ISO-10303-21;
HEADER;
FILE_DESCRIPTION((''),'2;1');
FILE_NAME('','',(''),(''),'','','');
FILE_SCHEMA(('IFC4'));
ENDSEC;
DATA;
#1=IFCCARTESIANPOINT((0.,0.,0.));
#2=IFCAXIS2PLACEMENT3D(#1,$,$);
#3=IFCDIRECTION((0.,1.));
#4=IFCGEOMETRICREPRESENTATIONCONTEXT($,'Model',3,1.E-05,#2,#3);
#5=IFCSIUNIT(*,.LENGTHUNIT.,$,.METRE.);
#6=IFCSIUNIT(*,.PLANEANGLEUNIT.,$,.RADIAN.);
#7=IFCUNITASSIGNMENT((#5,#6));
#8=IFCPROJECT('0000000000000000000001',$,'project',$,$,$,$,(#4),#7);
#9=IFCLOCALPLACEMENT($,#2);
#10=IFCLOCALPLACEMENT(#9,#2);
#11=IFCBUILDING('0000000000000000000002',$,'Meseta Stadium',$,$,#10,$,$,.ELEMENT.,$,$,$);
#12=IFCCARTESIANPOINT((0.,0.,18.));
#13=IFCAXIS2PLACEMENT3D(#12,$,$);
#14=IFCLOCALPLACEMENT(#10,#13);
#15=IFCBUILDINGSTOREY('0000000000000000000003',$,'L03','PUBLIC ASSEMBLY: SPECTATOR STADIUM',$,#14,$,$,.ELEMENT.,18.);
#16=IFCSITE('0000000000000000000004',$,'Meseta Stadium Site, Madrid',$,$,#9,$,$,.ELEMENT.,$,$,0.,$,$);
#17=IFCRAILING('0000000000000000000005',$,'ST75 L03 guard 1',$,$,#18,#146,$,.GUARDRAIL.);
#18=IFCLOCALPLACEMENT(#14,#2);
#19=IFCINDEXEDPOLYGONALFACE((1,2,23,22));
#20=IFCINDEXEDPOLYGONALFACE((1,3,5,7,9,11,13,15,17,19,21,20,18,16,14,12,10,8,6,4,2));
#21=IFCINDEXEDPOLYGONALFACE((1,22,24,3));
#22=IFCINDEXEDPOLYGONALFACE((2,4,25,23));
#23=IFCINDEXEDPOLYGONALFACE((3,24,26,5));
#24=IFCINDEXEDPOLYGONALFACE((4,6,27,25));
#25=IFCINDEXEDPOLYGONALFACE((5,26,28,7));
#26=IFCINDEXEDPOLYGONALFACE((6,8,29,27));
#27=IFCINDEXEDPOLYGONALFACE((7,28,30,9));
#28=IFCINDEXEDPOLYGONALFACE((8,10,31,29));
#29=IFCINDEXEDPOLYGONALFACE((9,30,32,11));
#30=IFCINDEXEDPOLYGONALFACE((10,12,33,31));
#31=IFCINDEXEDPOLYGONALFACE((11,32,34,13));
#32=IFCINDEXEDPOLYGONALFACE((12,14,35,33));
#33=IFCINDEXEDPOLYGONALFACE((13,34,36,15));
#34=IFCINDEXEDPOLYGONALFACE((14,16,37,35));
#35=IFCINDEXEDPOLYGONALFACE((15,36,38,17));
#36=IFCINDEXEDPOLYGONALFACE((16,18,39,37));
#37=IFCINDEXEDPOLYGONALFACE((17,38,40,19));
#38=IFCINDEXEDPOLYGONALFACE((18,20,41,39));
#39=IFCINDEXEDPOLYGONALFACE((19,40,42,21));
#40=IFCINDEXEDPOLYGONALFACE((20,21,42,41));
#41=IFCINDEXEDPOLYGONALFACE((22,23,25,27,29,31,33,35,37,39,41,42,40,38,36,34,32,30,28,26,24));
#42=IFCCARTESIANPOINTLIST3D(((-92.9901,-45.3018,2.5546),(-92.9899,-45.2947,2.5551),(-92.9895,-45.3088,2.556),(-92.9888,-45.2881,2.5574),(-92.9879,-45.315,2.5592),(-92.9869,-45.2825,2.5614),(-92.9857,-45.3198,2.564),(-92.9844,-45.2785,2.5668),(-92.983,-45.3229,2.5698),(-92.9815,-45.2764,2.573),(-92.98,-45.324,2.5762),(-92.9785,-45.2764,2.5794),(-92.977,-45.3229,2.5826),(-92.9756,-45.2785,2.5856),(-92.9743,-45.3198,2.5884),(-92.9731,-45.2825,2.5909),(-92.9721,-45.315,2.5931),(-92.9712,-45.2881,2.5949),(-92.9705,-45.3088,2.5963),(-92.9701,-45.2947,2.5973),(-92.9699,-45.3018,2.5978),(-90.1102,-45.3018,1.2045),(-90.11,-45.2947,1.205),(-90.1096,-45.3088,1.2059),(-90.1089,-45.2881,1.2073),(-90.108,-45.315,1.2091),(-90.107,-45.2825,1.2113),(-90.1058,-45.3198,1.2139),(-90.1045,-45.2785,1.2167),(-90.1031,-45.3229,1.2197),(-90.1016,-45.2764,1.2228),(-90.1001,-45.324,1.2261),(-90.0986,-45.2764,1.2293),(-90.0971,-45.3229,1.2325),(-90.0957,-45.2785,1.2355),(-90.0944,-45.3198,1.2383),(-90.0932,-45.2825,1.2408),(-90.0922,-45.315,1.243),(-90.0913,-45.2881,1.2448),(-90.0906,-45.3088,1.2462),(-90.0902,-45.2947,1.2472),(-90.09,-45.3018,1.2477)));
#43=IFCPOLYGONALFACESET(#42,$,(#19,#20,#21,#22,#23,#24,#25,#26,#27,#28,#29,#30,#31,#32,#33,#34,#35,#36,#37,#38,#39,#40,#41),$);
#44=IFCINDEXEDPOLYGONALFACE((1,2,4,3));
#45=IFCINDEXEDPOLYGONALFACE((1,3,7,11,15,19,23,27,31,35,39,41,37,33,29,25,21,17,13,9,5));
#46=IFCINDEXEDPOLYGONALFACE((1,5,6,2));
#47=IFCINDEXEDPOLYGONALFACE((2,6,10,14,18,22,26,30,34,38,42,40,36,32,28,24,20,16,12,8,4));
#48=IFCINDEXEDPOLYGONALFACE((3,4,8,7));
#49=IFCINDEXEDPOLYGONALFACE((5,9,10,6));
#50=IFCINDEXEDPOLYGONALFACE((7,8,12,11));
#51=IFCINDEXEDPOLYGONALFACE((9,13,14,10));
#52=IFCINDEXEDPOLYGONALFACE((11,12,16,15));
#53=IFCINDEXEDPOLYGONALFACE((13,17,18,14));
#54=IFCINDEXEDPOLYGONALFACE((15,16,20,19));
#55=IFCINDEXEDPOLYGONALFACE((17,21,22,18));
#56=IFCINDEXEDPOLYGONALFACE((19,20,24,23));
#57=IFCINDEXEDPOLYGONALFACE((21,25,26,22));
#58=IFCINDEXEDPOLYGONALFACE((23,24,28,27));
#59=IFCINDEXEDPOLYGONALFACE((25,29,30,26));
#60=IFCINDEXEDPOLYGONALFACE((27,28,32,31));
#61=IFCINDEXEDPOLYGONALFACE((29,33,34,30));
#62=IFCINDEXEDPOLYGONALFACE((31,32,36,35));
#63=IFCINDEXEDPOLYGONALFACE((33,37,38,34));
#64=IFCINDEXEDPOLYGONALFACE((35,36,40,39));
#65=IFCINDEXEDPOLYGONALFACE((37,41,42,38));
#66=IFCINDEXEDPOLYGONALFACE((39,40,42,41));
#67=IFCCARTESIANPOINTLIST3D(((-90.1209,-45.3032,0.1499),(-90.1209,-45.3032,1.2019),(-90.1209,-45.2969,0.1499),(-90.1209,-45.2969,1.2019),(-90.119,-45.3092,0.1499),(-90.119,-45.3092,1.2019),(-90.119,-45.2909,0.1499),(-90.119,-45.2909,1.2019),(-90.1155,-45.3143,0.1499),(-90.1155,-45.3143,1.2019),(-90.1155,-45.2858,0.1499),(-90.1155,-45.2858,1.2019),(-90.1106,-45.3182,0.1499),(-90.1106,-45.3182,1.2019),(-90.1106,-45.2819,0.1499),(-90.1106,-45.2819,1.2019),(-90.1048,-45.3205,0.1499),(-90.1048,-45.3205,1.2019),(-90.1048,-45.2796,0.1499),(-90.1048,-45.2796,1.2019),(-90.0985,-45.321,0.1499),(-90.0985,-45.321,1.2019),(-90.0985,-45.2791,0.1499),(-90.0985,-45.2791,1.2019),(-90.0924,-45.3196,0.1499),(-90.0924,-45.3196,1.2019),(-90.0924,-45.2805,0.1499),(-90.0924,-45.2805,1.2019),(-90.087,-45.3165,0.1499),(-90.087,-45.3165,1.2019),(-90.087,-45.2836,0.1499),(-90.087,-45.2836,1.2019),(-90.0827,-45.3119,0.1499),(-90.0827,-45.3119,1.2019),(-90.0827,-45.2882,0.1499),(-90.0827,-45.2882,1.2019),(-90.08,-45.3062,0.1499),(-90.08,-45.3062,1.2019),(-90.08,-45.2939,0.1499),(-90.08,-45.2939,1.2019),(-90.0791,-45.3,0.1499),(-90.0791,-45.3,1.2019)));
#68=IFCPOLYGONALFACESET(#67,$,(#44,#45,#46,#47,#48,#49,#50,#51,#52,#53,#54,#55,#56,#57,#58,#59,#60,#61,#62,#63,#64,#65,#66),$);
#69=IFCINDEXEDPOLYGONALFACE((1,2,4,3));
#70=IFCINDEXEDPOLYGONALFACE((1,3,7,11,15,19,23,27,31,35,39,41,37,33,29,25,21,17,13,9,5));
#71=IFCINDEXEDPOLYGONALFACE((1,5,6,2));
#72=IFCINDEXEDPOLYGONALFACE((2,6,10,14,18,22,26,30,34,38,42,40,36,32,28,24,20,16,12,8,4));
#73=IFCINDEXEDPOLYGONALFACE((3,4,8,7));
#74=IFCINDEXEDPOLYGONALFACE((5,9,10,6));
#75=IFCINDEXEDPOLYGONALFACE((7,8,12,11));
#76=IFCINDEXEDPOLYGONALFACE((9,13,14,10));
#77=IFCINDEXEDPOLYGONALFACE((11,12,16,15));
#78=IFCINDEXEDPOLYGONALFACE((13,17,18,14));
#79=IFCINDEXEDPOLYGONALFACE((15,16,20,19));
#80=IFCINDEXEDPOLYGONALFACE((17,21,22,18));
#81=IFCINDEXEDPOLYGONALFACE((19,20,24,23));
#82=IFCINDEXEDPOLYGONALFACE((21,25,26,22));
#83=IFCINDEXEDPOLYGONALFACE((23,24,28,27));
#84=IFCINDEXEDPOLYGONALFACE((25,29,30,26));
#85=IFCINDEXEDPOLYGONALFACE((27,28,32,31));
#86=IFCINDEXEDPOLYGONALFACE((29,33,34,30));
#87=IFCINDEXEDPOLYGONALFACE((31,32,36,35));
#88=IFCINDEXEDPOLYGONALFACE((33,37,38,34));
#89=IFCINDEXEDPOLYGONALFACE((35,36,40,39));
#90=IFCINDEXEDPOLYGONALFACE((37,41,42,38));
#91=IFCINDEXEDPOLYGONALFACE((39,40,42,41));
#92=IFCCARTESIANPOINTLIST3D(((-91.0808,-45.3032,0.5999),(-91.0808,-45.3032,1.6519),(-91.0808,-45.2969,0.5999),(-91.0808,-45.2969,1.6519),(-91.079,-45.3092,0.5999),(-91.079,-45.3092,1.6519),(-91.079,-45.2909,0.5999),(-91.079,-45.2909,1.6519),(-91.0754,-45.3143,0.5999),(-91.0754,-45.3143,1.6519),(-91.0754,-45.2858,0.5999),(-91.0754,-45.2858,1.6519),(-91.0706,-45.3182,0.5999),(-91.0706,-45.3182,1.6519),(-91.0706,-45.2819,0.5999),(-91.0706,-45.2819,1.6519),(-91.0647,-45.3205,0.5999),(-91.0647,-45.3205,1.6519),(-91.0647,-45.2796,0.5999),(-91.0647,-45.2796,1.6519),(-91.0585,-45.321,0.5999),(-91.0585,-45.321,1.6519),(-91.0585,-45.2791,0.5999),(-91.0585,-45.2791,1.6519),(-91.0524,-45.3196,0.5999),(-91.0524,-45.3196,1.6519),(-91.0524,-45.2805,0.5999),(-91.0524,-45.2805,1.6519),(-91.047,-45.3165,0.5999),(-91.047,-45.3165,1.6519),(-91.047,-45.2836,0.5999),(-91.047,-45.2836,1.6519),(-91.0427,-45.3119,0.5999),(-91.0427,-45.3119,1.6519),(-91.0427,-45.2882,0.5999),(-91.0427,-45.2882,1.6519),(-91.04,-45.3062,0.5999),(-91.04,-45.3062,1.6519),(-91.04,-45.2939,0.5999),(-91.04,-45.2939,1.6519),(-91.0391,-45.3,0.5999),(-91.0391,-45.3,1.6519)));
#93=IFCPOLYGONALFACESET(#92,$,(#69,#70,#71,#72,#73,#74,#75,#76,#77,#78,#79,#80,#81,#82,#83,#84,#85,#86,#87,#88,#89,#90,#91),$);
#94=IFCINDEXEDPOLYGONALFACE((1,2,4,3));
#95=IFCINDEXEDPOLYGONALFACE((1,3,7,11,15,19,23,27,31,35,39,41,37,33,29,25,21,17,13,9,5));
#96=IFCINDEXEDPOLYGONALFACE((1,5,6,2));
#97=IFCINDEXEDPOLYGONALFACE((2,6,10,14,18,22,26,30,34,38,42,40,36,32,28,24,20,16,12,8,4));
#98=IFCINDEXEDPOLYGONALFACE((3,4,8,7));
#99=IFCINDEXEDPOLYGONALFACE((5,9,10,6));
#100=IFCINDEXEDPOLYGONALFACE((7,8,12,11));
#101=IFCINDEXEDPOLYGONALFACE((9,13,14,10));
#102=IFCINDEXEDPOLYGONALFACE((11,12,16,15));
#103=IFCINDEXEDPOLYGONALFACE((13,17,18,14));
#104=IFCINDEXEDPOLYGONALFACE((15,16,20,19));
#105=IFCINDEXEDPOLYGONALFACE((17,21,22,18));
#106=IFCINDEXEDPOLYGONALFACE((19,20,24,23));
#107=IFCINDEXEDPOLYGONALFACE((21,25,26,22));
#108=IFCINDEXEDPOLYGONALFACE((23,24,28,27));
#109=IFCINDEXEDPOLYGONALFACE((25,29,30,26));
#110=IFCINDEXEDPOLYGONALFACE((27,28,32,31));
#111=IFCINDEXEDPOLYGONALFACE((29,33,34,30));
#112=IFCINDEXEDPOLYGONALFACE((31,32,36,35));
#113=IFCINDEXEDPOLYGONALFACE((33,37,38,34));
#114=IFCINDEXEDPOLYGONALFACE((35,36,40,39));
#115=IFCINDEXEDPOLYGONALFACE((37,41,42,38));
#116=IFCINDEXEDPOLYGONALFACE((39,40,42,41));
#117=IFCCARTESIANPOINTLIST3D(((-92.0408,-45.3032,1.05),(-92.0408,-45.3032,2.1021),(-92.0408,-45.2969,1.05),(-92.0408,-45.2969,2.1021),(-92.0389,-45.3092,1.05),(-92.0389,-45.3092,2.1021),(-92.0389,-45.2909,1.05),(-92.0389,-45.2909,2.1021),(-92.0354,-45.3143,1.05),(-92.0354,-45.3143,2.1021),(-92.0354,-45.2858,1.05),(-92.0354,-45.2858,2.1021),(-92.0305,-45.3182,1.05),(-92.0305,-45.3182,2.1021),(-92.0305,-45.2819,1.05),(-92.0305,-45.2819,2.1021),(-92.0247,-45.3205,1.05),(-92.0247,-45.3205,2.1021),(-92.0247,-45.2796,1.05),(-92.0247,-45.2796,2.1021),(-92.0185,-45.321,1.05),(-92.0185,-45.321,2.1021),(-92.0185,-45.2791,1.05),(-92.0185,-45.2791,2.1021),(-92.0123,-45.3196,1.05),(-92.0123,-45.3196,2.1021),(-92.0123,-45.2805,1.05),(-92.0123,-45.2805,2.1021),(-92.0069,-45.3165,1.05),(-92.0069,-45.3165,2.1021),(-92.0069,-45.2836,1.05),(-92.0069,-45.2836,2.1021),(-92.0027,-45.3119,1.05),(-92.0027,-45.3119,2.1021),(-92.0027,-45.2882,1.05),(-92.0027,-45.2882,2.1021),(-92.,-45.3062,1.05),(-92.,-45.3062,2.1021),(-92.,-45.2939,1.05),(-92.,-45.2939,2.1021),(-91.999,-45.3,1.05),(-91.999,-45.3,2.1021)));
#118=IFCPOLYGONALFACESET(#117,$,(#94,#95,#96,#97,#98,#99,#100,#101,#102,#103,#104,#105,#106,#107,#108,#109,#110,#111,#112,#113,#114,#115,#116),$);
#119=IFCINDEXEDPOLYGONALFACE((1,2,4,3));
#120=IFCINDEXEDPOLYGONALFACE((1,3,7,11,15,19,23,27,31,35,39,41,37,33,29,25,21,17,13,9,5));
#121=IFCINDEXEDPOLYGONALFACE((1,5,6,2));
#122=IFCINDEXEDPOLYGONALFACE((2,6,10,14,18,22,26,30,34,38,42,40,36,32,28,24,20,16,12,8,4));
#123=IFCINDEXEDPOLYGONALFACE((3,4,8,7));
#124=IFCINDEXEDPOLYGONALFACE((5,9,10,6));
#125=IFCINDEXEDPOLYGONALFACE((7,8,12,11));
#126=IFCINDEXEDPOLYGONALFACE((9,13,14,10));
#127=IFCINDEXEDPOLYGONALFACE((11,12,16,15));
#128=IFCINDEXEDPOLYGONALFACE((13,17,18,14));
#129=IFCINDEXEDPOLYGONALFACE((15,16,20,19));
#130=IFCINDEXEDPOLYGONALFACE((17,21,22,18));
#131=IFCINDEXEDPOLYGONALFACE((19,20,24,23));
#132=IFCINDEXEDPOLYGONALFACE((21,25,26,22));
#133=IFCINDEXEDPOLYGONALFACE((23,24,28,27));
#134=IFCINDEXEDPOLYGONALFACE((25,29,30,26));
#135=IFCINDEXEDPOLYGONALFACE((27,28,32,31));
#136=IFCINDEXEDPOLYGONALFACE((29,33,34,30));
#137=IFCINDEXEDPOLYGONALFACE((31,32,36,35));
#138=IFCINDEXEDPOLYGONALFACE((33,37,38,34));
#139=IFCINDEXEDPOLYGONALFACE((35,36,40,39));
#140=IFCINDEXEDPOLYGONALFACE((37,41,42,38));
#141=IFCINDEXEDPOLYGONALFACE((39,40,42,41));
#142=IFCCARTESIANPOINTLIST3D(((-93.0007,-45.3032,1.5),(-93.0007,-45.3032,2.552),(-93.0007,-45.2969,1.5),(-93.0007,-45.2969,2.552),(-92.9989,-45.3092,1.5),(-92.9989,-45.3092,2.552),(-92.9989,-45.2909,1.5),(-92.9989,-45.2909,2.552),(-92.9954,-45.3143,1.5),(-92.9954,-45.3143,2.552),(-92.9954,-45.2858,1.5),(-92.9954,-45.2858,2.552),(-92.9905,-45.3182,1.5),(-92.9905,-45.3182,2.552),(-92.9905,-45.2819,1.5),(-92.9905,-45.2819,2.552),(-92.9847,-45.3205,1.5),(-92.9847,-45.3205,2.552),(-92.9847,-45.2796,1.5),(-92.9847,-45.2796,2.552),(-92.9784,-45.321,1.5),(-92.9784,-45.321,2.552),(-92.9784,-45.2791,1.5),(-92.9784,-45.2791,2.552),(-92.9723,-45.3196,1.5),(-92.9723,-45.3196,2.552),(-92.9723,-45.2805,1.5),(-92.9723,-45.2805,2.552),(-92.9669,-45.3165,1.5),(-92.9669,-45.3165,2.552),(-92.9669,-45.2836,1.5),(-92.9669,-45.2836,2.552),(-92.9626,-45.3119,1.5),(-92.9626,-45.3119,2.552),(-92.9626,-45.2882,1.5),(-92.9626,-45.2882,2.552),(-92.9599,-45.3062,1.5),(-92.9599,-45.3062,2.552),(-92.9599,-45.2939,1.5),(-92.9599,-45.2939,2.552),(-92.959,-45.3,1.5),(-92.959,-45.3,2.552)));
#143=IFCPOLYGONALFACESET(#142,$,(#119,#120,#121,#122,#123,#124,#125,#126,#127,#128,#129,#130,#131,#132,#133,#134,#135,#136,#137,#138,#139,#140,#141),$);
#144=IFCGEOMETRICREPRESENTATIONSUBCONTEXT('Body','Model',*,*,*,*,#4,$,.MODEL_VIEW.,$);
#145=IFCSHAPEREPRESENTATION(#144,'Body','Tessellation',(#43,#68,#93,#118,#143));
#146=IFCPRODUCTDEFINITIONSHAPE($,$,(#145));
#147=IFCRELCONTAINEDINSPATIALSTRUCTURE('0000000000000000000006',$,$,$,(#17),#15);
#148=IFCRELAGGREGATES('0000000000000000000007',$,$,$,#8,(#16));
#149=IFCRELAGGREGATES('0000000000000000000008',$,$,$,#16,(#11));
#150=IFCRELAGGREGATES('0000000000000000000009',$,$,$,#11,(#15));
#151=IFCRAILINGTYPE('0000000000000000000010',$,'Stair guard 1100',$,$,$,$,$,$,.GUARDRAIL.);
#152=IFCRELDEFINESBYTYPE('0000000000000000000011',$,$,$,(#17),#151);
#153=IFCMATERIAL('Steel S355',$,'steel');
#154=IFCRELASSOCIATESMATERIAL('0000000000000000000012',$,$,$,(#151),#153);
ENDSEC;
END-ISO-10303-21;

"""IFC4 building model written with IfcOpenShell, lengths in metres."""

from ifc_helpers import new_model, si_unit, direction, frame, origin, origin_2d, place, context, subcontext, project, spatial, circle, extrude, material, type_object, element, save


model = new_model("IFC4")

# Units and contexts
model_context = context("Model", 3, precision=1e-05, world=origin(), true_north=direction((0.0, 1.0)))
body_context = subcontext(model_context, "Body", "Model", "MODEL_VIEW")
ifc_project = project(units=[si_unit("LENGTHUNIT", "METRE"), si_unit("PLANEANGLEUNIT", "RADIAN")], contexts=[model_context])

# Site, building, storey
site_placement = place(None, origin())
site = spatial("IfcSite", under=ifc_project, at=site_placement, Name="Meseta Stadium Site, Madrid", CompositionType="ELEMENT", RefElevation=0.0)
building_placement = place(site_placement, origin())
building = spatial("IfcBuilding", under=site, at=building_placement, Name="Meseta Stadium", CompositionType="ELEMENT")
storey_placement = place(building_placement, frame((0.0, 0.0, 18.0)))
storey = spatial("IfcBuildingStorey", under=building, at=storey_placement, Name="L03", Description="PUBLIC ASSEMBLY: SPECTATOR STADIUM", CompositionType="ELEMENT", Elevation=18.0)

# Railing
ifc_material_1 = material(Name="Steel S355", Category="steel")
railing_type_1 = type_object("IfcRailingType", Name="Stair guard 1100", PredefinedType="GUARDRAIL", material=ifc_material_1)
railing_1_placement = place(storey_placement, frame((-90.1001, -45.3, 0.1499)))
element("IfcRailing", 1, at=railing_1_placement, inside=storey, type_object=railing_type_1, Name="ST75 L03 guard 1", PredefinedType="GUARDRAIL", context=body_context, shape_type="SweptSolid", body=[
    extrude(circle(Radius=0.0239, at=origin_2d()), frame((0.0, 0.0, 1.0762), z_axis=(-0.90544, 0.0, 0.424473), x_axis=(0.0, -1.0, 0.0)), (0.0, 0.0, 1.0), 3.1807),
    extrude(circle(Radius=0.021, at=origin_2d()), origin(), (0.0, 0.0, 1.0), 1.052),
    extrude(circle(Radius=0.021, at=origin_2d()), frame((-0.96, 0.0, 0.45)), (0.0, 0.0, 1.0), 1.052),
    extrude(circle(Radius=0.021, at=origin_2d()), frame((-1.9199, 0.0, 0.9001)), (0.0, 0.0, 1.0), 1.052),
    extrude(circle(Radius=0.021, at=origin_2d()), frame((-2.8799, 0.0, 1.3501)), (0.0, 0.0, 1.0), 1.052),
])

save(model, "model.ifc")
